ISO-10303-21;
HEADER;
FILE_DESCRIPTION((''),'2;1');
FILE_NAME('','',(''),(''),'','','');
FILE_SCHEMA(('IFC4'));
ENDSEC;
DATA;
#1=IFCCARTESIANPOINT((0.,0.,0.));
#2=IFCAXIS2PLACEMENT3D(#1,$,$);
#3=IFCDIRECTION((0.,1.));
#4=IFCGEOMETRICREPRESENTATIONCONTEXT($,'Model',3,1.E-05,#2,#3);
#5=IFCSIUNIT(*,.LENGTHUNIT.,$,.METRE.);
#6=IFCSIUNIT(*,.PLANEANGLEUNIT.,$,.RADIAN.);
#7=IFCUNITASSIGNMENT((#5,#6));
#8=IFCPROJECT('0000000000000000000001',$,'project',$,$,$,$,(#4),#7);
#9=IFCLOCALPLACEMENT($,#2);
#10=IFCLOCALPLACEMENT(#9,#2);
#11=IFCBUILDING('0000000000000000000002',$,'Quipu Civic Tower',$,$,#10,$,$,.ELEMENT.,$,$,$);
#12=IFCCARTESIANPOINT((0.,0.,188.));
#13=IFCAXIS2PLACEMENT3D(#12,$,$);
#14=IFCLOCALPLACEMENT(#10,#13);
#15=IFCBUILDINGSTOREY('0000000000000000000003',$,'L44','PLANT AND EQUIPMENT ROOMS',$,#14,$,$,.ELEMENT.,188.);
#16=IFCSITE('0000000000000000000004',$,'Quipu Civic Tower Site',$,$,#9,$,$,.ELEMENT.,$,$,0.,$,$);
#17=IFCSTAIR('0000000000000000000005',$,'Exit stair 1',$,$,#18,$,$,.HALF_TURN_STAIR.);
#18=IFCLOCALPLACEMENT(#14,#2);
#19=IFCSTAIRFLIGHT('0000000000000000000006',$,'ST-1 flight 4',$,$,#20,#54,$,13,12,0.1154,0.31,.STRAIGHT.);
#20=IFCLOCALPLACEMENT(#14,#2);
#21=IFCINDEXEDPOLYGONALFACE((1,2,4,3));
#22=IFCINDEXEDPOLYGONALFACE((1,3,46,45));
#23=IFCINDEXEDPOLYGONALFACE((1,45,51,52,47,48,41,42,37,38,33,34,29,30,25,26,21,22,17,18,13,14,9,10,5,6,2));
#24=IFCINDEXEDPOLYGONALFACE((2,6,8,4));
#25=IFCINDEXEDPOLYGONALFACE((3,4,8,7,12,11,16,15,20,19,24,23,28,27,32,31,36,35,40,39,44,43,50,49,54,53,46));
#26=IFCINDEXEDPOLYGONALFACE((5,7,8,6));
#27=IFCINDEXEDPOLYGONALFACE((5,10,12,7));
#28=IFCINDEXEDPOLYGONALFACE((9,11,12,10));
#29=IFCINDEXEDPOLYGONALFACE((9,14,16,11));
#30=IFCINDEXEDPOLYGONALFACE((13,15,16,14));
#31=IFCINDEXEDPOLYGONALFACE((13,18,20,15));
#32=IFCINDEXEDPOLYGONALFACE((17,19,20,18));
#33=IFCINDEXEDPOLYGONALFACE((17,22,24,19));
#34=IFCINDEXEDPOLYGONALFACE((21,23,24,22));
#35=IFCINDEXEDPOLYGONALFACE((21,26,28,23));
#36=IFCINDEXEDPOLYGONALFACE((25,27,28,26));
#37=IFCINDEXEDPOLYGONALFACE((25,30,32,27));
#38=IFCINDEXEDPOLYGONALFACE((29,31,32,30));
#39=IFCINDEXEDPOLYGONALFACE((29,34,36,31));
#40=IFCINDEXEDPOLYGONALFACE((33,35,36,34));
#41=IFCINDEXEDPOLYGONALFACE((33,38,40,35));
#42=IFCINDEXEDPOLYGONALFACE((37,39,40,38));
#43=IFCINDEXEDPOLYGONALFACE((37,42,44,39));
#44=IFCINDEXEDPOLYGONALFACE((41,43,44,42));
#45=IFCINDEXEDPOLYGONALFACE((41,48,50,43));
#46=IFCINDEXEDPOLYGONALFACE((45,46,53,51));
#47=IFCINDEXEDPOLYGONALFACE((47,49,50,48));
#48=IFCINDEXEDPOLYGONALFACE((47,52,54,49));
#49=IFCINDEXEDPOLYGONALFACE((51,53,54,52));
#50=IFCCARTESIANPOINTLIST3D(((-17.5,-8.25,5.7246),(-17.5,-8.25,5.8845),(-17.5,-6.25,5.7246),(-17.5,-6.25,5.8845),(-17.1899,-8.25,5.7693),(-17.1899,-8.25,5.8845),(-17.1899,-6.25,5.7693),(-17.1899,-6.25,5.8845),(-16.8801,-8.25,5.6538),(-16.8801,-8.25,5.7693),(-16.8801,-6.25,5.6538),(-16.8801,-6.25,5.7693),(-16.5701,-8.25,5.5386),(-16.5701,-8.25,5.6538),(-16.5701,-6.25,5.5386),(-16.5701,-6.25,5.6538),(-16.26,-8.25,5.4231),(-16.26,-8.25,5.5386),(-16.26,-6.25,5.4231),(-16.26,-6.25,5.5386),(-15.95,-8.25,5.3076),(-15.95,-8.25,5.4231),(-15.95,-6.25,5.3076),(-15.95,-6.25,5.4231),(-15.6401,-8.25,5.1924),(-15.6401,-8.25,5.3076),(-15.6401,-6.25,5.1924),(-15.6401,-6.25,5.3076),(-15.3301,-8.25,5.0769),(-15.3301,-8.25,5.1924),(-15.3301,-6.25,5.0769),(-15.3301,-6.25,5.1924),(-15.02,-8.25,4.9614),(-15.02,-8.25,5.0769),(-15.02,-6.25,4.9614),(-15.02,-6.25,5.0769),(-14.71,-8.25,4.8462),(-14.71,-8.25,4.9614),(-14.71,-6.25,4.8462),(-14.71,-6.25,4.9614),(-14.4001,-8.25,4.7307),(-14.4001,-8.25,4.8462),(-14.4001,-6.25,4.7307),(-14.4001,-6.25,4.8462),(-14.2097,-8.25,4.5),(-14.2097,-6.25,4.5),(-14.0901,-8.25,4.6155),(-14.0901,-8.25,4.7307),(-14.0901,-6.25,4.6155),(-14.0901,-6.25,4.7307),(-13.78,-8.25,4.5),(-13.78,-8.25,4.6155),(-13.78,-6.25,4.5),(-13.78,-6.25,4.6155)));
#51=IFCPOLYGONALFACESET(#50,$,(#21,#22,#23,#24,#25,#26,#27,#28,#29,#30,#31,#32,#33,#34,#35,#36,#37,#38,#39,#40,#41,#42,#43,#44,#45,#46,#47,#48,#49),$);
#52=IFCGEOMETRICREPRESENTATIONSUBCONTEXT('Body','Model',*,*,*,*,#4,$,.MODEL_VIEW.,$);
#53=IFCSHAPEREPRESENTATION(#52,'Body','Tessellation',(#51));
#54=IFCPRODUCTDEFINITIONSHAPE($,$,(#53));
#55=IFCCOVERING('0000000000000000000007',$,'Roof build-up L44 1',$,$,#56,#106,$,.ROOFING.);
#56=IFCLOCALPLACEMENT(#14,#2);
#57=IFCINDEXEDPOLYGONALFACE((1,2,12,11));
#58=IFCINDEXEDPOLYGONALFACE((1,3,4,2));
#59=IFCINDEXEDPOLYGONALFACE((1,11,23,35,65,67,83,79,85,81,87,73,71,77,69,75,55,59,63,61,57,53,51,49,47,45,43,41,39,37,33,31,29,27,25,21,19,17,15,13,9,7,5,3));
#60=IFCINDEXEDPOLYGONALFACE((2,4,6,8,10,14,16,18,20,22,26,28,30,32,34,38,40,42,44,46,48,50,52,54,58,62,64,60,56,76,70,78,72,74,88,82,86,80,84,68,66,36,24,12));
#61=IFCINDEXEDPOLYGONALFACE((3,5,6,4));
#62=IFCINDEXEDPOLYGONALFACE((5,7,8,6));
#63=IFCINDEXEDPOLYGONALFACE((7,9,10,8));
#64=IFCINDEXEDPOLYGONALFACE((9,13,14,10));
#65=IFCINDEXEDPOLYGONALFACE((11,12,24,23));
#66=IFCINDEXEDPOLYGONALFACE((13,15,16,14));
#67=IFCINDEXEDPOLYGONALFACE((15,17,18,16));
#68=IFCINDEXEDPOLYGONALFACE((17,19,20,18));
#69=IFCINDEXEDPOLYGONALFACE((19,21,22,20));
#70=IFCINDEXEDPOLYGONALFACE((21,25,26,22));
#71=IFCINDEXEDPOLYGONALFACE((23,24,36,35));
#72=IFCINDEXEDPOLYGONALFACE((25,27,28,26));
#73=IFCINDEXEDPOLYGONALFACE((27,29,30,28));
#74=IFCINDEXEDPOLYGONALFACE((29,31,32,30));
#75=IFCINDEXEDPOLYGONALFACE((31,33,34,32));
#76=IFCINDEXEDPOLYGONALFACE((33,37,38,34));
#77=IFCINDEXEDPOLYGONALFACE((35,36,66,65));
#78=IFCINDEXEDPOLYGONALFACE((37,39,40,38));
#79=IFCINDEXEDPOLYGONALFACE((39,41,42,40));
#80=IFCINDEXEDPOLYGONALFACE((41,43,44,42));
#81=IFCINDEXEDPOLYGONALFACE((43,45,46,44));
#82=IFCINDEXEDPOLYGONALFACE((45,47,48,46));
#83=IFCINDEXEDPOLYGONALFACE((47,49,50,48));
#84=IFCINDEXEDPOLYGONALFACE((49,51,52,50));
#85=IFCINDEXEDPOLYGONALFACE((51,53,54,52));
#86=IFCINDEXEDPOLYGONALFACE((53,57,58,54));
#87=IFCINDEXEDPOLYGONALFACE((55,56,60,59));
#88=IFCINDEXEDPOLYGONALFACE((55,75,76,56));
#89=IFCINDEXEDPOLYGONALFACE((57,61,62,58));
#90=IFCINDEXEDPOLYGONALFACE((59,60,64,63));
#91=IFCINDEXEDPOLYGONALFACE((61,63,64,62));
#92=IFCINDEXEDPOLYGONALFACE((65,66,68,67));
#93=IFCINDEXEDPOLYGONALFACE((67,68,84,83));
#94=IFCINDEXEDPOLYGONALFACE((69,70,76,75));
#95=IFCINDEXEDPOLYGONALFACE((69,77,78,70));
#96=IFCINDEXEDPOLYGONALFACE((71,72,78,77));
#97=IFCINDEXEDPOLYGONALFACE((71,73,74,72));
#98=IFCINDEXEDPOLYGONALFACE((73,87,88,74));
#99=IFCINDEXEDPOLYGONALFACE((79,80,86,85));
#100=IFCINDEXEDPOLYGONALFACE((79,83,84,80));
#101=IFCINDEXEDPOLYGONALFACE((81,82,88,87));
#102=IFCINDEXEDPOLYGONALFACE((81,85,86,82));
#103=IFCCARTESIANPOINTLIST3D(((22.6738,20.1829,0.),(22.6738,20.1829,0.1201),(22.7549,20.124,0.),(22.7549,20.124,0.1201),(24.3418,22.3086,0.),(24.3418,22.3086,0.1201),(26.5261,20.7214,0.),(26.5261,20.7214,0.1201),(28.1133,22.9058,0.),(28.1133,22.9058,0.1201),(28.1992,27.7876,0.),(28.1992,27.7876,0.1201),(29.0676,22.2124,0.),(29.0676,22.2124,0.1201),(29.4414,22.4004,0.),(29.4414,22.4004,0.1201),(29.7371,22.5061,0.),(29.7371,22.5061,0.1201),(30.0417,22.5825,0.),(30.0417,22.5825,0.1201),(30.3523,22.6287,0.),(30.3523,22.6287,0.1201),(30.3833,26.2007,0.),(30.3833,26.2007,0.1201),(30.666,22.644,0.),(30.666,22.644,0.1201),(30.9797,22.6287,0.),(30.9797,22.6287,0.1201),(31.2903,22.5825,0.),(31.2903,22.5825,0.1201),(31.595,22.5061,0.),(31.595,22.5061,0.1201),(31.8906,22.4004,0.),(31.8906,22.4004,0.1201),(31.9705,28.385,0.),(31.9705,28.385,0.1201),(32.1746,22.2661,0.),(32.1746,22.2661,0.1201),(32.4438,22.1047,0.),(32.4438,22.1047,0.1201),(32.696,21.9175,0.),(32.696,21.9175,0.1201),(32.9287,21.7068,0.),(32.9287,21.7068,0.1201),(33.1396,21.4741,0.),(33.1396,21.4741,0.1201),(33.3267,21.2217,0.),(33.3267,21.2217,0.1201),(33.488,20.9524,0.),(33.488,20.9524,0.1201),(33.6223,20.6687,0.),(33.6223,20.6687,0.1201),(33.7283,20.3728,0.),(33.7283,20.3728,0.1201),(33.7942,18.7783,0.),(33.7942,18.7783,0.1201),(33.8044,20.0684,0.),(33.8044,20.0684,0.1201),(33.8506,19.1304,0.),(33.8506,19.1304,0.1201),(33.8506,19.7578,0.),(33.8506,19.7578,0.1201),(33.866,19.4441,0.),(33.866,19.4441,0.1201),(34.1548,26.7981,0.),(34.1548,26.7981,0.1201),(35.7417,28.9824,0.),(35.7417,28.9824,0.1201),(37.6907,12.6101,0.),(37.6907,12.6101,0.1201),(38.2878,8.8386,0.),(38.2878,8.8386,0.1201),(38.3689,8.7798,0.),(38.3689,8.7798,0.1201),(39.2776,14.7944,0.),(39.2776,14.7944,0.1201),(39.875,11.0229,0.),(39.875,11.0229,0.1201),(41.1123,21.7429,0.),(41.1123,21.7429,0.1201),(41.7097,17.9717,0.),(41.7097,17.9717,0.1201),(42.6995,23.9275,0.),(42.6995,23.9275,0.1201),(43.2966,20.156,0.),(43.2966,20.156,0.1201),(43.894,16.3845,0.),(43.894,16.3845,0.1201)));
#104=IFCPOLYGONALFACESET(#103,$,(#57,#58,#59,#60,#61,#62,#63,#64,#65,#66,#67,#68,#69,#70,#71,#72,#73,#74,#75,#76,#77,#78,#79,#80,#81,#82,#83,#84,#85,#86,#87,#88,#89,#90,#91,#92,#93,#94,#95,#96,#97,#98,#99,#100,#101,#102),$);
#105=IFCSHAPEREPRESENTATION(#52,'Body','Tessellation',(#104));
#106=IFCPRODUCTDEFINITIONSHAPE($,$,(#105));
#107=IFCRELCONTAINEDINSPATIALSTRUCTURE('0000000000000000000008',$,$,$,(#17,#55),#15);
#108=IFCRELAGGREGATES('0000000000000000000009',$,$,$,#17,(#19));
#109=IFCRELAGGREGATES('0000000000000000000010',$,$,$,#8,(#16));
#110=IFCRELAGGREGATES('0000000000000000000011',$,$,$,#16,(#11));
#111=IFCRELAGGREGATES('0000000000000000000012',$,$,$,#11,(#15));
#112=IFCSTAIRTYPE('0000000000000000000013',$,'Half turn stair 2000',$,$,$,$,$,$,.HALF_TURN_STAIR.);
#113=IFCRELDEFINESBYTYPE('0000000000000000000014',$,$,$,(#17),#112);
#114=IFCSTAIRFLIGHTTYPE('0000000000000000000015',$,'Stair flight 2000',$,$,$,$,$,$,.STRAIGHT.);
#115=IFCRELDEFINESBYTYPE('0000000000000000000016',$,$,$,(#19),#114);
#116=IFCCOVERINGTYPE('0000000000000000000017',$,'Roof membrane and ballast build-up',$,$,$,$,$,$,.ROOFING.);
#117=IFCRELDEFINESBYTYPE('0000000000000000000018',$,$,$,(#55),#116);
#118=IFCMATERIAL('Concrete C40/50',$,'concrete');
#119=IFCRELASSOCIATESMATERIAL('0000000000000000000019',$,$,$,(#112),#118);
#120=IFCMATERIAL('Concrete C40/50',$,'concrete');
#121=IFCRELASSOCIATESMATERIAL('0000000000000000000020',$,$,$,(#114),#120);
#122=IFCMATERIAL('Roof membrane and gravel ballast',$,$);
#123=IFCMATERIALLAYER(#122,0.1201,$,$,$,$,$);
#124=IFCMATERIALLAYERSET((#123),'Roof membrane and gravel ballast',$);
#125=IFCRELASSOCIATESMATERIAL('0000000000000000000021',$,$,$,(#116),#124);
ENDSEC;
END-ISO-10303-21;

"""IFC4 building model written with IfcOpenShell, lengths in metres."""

from ifc_helpers import new_model, si_unit, direction, frame, origin, place, context, subcontext, project, spatial, polyline, outline, extrude, material, layer, layer_set, type_object, element, aggregate, save


model = new_model("IFC4")

# Units and contexts
model_context = context("Model", 3, precision=1e-05, world=origin(), true_north=direction((0.0, 1.0)))
body_context = subcontext(model_context, "Body", "Model", "MODEL_VIEW")
ifc_project = project(units=[si_unit("LENGTHUNIT", "METRE"), si_unit("PLANEANGLEUNIT", "RADIAN")], contexts=[model_context])

# Site, building, storey
site_placement = place(None, origin())
site = spatial("IfcSite", under=ifc_project, at=site_placement, Name="Quipu Civic Tower Site", CompositionType="ELEMENT", RefElevation=0.0)
building_placement = place(site_placement, origin())
building = spatial("IfcBuilding", under=site, at=building_placement, Name="Quipu Civic Tower", CompositionType="ELEMENT")
storey_placement = place(building_placement, frame((0.0, 0.0, 188.0)))
storey = spatial("IfcBuildingStorey", under=building, at=storey_placement, Name="L44", Description="PLANT AND EQUIPMENT ROOMS", CompositionType="ELEMENT", Elevation=188.0)

# Stair
ifc_material_1 = material(Name="Concrete C40/50", Category="concrete")
stair_type = type_object("IfcStairType", Name="Half turn stair 2000", PredefinedType="HALF_TURN_STAIR", material=ifc_material_1)
stair_placement = place(storey_placement, origin())
stair = element("IfcStair", 1, at=stair_placement, inside=storey, type_object=stair_type, Name="Exit stair 1", PredefinedType="HALF_TURN_STAIR")

# Stair flight
ifc_material_2 = material(Name="Concrete C40/50", Category="concrete")
stair_flight_type = type_object("IfcStairFlightType", Name="Stair flight 2000", PredefinedType="STRAIGHT", material=ifc_material_2)
stair_flight_1_placement = place(storey_placement, frame((-13.78, -7.25, 4.5), z_axis=(0.0, 0.0, 1.0), x_axis=(-1.0, 0.0, 0.0)))
stair_flight_1 = element("IfcStairFlight", 2, at=stair_flight_1_placement, type_object=stair_flight_type, Name="ST-1 flight 4", NumberOfRisers=13, NumberOfTreads=12, PredefinedType="STRAIGHT", RiserHeight=0.1154, TreadLength=0.31, context=body_context, shape_type="SweptSolid", body=[
    extrude(outline(polyline([(0.0, 0.0), (0.0, 0.1155), (0.3101, 0.1155), (0.3101, 0.2307), (0.6201, 0.2307), (0.6201, 0.3462), (0.9299, 0.3462), (0.9299, 0.4614), (1.24, 0.4614), (1.24, 0.5769), (1.55, 0.5769), (1.55, 0.6924), (1.8601, 0.6924), (1.8601, 0.8076), (2.1699, 0.8076), (2.1699, 0.9231), (2.48, 0.9231), (2.48, 1.0386), (2.79, 1.0386), (2.79, 1.1538), (3.1001, 1.1538), (3.1001, 1.2693), (3.4099, 1.2693), (3.4099, 1.3845), (3.72, 1.3845), (3.72, 1.5), (3.72, 1.2246), (0.4297, 0.0), (0.0, 0.0)])), frame((0.0, 1.0, 0.0), z_axis=(0.0, -1.0, 0.0), x_axis=(1.0, 0.0, 0.0)), (0.0, 0.0, 1.0), 2.0),
])
aggregate(stair, [stair_flight_1])

# Covering
ifc_material_3 = material(Name="Roof membrane and gravel ballast")
ifc_layer_1 = layer(ifc_material_3, 0.1201)
ifc_layer_set_1 = layer_set([ifc_layer_1], Name="Roof membrane and gravel ballast")
covering_type = type_object("IfcCoveringType", Name="Roof membrane and ballast build-up", PredefinedType="ROOFING", material=ifc_layer_set_1)
covering_placement = place(storey_placement, origin())
element("IfcCovering", 3, at=covering_placement, inside=storey, type_object=covering_type, Name="Roof build-up L44 1", PredefinedType="ROOFING", context=body_context, shape_type="SweptSolid", body=[
    extrude(outline(polyline([(30.3833, 26.2007), (31.9705, 28.385), (34.1548, 26.7981), (35.7417, 28.9824), (42.6995, 23.9275), (41.1123, 21.7429), (43.2966, 20.156), (41.7097, 17.9717), (43.894, 16.3845), (38.3689, 8.7798), (38.2878, 8.8386), (39.875, 11.0229), (37.6907, 12.6101), (39.2776, 14.7944), (33.7942, 18.7783), (33.8506, 19.1304), (33.866, 19.4441), (33.8506, 19.7578), (33.8044, 20.0684), (33.7283, 20.3728), (33.6223, 20.6687), (33.488, 20.9524), (33.3267, 21.2217), (33.1396, 21.4741), (32.9287, 21.7068), (32.696, 21.9175), (32.4438, 22.1047), (32.1746, 22.2661), (31.8906, 22.4004), (31.595, 22.5061), (31.2903, 22.5825), (30.9797, 22.6287), (30.666, 22.644), (30.3523, 22.6287), (30.0417, 22.5825), (29.7371, 22.5061), (29.4414, 22.4004), (29.0676, 22.2124), (28.1133, 22.9058), (26.5261, 20.7214), (24.3418, 22.3086), (22.7549, 20.124), (22.6738, 20.1829), (28.1992, 27.7876), (30.3833, 26.2007)])), origin(), (0.0, 0.0, 1.0), 0.1201),
])

save(model, "model.ifc")
